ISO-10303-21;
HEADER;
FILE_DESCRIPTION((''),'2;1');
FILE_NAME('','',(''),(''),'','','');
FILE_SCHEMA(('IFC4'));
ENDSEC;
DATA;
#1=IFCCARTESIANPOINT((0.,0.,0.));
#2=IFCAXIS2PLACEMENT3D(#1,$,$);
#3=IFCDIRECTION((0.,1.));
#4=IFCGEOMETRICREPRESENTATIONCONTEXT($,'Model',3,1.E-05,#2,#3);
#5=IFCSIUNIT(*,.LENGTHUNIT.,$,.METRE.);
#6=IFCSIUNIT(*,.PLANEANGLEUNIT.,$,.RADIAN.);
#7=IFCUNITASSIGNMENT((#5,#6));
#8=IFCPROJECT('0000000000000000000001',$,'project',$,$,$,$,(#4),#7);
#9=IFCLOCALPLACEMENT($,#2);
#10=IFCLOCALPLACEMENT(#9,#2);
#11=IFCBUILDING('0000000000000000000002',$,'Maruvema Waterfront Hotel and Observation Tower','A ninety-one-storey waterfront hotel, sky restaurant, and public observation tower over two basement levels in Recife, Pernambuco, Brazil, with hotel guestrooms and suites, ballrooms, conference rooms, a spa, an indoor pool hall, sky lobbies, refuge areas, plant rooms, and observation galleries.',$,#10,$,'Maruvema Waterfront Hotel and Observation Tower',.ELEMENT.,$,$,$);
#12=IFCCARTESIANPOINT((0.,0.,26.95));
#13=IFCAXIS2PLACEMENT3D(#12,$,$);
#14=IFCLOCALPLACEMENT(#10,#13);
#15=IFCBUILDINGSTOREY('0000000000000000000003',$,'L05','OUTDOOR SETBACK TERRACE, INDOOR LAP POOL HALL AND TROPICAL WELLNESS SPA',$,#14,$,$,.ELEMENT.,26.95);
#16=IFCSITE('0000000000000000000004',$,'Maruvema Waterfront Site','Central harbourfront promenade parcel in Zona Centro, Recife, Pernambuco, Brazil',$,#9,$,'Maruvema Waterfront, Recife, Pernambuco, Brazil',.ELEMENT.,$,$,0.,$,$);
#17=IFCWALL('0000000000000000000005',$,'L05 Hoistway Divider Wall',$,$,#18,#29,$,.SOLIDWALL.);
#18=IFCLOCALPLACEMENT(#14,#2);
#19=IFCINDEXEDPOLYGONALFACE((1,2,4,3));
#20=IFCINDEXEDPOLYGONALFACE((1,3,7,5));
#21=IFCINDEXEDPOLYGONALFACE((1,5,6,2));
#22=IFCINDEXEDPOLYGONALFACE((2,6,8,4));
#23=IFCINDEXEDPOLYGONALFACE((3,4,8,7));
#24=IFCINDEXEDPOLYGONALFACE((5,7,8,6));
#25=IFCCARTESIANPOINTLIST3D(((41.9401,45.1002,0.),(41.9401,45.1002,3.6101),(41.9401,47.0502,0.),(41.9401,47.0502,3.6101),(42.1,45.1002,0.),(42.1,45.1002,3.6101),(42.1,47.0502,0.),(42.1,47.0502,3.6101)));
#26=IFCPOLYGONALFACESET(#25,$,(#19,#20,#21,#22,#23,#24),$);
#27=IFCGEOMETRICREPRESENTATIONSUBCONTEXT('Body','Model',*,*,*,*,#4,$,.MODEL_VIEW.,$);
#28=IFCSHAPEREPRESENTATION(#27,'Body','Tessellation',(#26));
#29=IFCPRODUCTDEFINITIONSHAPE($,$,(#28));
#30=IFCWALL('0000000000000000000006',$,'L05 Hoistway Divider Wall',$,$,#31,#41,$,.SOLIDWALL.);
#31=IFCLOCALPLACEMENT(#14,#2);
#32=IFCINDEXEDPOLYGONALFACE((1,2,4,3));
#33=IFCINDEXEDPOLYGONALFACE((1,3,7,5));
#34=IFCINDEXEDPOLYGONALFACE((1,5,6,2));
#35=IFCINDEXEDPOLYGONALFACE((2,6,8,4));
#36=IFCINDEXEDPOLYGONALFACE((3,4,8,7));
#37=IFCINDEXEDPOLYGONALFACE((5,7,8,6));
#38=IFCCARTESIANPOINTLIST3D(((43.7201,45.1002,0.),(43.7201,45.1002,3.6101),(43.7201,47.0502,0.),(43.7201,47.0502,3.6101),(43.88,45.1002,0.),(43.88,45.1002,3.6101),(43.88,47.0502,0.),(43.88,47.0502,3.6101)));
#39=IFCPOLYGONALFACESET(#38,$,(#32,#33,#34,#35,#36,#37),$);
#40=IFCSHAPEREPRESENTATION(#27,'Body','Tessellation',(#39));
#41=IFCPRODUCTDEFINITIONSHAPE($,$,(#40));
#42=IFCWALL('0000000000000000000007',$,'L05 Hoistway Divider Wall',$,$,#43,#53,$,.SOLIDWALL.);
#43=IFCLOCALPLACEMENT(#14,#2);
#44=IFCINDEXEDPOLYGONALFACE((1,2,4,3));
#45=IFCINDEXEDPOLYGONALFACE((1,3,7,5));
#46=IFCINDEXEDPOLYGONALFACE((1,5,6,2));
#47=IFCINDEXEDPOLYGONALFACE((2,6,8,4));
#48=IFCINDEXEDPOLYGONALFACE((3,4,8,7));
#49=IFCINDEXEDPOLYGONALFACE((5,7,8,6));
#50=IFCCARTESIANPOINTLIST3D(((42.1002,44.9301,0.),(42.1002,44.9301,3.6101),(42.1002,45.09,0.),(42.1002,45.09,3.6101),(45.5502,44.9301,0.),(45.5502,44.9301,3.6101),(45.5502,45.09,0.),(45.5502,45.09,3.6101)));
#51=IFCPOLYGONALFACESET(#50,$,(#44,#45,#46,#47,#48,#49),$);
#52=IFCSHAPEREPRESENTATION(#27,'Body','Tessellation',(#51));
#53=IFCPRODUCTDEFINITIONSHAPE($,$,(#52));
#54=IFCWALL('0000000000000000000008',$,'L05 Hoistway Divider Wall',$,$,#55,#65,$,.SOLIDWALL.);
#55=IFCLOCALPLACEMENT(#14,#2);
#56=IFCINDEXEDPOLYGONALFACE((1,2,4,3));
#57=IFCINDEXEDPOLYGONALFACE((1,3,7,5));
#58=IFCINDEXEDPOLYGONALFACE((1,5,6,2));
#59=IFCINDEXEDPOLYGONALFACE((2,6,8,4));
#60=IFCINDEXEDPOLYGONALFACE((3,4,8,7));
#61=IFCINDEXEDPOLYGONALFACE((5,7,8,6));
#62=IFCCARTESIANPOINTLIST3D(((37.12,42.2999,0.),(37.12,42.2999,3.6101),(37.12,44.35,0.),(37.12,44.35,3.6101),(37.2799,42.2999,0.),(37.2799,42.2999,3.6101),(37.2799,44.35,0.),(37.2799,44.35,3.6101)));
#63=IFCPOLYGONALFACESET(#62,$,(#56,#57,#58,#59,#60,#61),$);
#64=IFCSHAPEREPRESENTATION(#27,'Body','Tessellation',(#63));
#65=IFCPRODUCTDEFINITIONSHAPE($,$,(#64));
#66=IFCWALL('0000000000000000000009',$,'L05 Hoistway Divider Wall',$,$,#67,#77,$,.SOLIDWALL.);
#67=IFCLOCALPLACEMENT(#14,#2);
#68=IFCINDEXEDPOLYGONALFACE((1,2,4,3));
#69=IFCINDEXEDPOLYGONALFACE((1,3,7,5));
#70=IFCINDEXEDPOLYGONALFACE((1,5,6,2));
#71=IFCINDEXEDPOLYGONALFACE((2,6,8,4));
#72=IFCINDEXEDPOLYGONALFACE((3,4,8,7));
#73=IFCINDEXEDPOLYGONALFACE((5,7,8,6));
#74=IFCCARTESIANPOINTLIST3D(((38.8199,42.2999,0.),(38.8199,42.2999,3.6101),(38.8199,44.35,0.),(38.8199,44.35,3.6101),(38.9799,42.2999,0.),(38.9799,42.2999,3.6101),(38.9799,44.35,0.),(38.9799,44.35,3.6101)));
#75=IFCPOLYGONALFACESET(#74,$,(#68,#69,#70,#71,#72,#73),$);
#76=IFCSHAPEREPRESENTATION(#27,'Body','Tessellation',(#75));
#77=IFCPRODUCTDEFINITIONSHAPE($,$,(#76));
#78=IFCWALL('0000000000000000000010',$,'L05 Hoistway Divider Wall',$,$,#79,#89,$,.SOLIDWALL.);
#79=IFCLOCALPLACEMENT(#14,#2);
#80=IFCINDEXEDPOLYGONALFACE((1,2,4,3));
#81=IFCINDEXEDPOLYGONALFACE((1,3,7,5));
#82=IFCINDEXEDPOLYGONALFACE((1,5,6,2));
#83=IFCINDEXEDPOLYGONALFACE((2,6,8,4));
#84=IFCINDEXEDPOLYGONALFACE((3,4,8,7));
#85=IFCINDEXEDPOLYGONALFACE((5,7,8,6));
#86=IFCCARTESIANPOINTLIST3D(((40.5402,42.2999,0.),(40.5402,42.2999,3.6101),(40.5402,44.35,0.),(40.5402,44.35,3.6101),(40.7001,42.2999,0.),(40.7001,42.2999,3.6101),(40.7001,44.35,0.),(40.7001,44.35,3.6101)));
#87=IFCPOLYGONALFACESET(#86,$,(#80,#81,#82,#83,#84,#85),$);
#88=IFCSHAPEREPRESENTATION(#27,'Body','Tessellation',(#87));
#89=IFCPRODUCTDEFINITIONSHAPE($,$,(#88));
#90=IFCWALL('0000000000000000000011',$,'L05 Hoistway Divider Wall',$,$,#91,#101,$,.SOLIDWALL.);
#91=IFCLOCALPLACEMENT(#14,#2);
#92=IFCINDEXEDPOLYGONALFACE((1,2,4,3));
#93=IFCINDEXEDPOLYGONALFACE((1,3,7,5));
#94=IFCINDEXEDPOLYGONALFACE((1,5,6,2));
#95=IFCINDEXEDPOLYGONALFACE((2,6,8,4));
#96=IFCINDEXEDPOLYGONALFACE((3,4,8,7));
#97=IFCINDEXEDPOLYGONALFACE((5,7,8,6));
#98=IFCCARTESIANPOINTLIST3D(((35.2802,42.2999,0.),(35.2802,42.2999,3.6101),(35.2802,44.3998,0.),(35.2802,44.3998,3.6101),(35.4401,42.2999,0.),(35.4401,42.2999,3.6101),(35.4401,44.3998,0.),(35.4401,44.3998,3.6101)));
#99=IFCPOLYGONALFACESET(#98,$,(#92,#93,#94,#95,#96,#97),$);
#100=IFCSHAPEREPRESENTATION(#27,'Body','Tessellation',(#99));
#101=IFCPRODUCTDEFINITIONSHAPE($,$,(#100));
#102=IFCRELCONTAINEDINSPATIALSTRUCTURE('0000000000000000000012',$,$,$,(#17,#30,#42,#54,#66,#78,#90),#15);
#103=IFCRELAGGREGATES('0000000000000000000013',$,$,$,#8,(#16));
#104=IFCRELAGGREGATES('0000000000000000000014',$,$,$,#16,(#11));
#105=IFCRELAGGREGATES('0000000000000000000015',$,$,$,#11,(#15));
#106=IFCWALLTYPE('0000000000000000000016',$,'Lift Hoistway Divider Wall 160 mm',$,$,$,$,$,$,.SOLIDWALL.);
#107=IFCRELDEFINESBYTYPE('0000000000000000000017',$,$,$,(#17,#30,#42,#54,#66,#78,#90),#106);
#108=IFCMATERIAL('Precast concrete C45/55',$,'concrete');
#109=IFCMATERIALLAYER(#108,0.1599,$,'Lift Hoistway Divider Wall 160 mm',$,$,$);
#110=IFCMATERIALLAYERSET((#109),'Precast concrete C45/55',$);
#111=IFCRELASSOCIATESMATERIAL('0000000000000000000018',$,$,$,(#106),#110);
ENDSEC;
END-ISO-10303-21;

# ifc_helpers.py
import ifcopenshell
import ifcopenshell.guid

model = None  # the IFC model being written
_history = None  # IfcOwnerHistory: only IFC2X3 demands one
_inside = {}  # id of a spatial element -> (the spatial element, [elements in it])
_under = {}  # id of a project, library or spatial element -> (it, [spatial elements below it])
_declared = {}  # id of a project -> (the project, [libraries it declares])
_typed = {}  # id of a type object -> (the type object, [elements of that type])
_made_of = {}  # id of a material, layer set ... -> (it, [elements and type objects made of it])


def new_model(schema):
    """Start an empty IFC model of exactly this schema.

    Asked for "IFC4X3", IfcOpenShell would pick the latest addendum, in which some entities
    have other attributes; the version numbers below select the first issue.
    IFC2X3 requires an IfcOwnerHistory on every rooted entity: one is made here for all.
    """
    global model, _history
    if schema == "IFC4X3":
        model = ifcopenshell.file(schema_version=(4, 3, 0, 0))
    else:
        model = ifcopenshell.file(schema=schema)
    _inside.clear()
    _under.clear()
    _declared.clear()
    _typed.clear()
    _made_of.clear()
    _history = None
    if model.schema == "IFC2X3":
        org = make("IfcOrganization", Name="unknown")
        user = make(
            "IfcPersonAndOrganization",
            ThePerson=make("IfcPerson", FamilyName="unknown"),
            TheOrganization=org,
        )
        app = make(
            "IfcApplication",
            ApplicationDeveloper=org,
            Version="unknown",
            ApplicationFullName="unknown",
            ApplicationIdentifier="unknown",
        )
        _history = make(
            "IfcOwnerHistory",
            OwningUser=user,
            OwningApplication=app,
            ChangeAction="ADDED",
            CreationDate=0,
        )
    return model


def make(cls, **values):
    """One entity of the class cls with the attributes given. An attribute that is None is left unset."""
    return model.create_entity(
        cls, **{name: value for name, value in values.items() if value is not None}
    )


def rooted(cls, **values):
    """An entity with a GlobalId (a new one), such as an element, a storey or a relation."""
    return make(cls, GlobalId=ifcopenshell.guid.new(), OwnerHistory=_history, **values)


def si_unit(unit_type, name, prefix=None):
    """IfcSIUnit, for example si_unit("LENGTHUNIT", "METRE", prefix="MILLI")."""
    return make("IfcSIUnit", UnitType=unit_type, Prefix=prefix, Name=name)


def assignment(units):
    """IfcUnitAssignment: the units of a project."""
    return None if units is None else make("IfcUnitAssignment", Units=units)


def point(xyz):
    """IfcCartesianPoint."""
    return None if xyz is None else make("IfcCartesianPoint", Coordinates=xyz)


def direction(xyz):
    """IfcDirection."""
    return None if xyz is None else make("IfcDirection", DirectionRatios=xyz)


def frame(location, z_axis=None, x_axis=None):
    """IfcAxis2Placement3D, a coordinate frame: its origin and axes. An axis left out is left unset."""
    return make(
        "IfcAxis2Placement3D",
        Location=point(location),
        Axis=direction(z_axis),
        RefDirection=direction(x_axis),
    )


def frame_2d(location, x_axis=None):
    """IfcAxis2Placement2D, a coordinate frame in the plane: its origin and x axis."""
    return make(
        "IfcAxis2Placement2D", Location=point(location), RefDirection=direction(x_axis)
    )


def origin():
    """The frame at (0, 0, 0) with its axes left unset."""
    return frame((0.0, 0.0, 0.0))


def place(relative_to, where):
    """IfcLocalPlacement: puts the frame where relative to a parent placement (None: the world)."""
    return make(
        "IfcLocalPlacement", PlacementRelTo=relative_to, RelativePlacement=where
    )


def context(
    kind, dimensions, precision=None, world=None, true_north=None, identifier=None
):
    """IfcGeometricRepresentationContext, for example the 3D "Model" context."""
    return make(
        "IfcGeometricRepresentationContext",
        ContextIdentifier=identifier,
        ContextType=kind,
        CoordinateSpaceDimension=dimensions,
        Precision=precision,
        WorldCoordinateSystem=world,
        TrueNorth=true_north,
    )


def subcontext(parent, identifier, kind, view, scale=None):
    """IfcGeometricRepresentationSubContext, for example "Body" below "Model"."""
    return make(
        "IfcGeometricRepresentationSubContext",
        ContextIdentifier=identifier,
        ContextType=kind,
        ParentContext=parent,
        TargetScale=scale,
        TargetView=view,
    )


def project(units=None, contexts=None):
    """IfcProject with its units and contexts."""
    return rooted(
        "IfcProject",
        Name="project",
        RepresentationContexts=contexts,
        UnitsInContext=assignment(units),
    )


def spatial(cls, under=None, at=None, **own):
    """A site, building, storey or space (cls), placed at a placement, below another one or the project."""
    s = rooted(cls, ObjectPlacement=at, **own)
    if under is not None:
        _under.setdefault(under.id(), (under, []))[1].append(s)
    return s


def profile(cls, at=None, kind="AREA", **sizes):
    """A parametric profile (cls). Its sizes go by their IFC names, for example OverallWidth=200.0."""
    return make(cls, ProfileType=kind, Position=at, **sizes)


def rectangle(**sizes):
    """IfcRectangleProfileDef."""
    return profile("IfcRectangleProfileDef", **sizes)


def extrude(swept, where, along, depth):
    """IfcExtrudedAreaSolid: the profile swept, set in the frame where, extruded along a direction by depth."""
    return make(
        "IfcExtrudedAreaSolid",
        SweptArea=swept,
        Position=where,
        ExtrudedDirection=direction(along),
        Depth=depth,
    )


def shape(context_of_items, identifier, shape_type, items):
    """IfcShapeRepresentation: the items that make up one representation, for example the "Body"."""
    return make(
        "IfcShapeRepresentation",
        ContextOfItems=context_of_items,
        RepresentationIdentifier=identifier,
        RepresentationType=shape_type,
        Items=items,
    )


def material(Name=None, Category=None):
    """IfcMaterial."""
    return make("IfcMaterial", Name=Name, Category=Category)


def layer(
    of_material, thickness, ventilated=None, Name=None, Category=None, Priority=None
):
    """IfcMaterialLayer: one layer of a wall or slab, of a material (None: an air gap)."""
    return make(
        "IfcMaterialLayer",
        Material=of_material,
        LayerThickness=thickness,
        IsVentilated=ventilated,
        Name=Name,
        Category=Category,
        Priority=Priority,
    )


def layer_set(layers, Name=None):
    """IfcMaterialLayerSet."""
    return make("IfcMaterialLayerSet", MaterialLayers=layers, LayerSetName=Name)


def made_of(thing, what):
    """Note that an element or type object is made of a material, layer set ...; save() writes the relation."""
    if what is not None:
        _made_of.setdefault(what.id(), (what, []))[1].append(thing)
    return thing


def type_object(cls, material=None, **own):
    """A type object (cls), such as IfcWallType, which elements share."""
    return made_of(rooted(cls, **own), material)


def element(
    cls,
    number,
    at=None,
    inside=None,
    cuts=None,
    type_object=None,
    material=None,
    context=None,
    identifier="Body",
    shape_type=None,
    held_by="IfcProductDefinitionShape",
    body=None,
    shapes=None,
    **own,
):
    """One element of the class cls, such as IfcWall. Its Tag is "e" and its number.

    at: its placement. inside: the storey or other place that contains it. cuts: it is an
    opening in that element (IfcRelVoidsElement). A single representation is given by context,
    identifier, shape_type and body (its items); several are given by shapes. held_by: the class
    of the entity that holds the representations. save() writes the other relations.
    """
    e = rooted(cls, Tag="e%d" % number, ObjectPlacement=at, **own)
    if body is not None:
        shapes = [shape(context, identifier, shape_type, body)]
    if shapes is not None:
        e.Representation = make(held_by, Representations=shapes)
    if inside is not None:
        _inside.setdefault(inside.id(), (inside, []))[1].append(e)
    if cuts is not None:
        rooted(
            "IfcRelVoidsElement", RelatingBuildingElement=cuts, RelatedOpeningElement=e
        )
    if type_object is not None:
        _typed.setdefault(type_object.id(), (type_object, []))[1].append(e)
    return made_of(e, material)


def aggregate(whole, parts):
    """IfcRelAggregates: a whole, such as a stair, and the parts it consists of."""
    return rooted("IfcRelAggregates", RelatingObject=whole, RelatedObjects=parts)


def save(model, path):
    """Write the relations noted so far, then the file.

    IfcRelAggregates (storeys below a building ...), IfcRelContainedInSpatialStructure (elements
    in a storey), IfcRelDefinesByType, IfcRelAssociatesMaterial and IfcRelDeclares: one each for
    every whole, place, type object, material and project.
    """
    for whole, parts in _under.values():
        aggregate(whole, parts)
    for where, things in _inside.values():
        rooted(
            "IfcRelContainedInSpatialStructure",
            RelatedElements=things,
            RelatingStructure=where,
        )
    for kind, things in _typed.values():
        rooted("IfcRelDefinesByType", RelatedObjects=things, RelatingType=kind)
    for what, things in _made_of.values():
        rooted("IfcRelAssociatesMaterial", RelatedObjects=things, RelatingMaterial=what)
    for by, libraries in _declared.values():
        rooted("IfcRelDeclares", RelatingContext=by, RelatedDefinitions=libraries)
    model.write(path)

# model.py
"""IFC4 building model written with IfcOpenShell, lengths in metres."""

from ifc_helpers import new_model, si_unit, direction, frame, frame_2d, origin, place, context, subcontext, project, spatial, rectangle, extrude, material, layer, layer_set, type_object, element, save


model = new_model("IFC4")

# Units and contexts
model_context = context("Model", 3, precision=1e-05, world=origin(), true_north=direction((0.0, 1.0)))
body_context = subcontext(model_context, "Body", "Model", "MODEL_VIEW")
ifc_project = project(units=[si_unit("LENGTHUNIT", "METRE"), si_unit("PLANEANGLEUNIT", "RADIAN")], contexts=[model_context])

# Site, building, storey
site_placement = place(None, origin())
site = spatial("IfcSite", under=ifc_project, at=site_placement, Name="Maruvema Waterfront Site", Description="Central harbourfront promenade parcel in Zona Centro, Recife, Pernambuco, Brazil", LongName="Maruvema Waterfront, Recife, Pernambuco, Brazil", CompositionType="ELEMENT", RefElevation=0.0)
building_placement = place(site_placement, origin())
building = spatial("IfcBuilding", under=site, at=building_placement, Name="Maruvema Waterfront Hotel and Observation Tower", Description="A ninety-one-storey waterfront hotel, sky restaurant, and public observation tower over two basement levels in Recife, Pernambuco, Brazil, with hotel guestrooms and suites, ballrooms, conference rooms, a spa, an indoor pool hall, sky lobbies, refuge areas, plant rooms, and observation galleries.", LongName="Maruvema Waterfront Hotel and Observation Tower", CompositionType="ELEMENT")
storey_placement = place(building_placement, frame((0.0, 0.0, 26.95)))
storey = spatial("IfcBuildingStorey", under=building, at=storey_placement, Name="L05", Description="OUTDOOR SETBACK TERRACE, INDOOR LAP POOL HALL AND TROPICAL WELLNESS SPA", CompositionType="ELEMENT", Elevation=26.95)

# Walls
ifc_material_1 = material(Name="Precast concrete C45/55", Category="concrete")
ifc_layer_1 = layer(ifc_material_1, 0.1599, Name="Lift Hoistway Divider Wall 160 mm")
ifc_layer_set_1 = layer_set([ifc_layer_1], Name="Precast concrete C45/55")
wall_type_1 = type_object("IfcWallType", Name="Lift Hoistway Divider Wall 160 mm", PredefinedType="SOLIDWALL", material=ifc_layer_set_1)
for number, where, z_axis, x_axis, name in (
    (1, (42.02, 45.1001, 0.0), (0.0, 0.0, 1.0), (0.0, 1.0, 0.0), "L05 Hoistway Divider Wall"),
    (2, (43.8, 45.1001, 0.0), (0.0, 0.0, 1.0), (0.0, 1.0, 0.0), "L05 Hoistway Divider Wall"),
):
    element("IfcWall", number, at=place(storey_placement, frame(where, z_axis=z_axis, x_axis=x_axis)), inside=storey, type_object=wall_type_1, Name=name, PredefinedType="SOLIDWALL", context=body_context, shape_type="SweptSolid", body=[
        extrude(rectangle(XDim=1.95, YDim=0.1599, at=frame_2d((0.9751, 0.0))), origin(), (0.0, 0.0, 1.0), 3.6101),
    ])
wall_1_placement = place(storey_placement, frame((42.1001, 45.01, 0.0), z_axis=(0.0, 0.0, 1.0), x_axis=(1.0, 0.0, 0.0)))
element("IfcWall", 3, at=wall_1_placement, inside=storey, type_object=wall_type_1, Name="L05 Hoistway Divider Wall", PredefinedType="SOLIDWALL", context=body_context, shape_type="SweptSolid", body=[
    extrude(rectangle(XDim=3.45, YDim=0.1599, at=frame_2d((1.7251, 0.0))), origin(), (0.0, 0.0, 1.0), 3.6101),
])
for number, where, z_axis, x_axis, name in (
    (4, (37.2, 42.3, 0.0), (0.0, 0.0, 1.0), (0.0, 1.0, 0.0), "L05 Hoistway Divider Wall"),
    (5, (38.8999, 42.3, 0.0), (0.0, 0.0, 1.0), (0.0, 1.0, 0.0), "L05 Hoistway Divider Wall"),
    (6, (40.6201, 42.3, 0.0), (0.0, 0.0, 1.0), (0.0, 1.0, 0.0), "L05 Hoistway Divider Wall"),
):
    element("IfcWall", number, at=place(storey_placement, frame(where, z_axis=z_axis, x_axis=x_axis)), inside=storey, type_object=wall_type_1, Name=name, PredefinedType="SOLIDWALL", context=body_context, shape_type="SweptSolid", body=[
        extrude(rectangle(XDim=2.05, YDim=0.1599, at=frame_2d((1.0249, 0.0))), origin(), (0.0, 0.0, 1.0), 3.6101),
    ])
wall_2_placement = place(storey_placement, frame((35.3601, 42.3, 0.0), z_axis=(0.0, 0.0, 1.0), x_axis=(0.0, 1.0, 0.0)))
element("IfcWall", 7, at=wall_2_placement, inside=storey, type_object=wall_type_1, Name="L05 Hoistway Divider Wall", PredefinedType="SOLIDWALL", context=body_context, shape_type="SweptSolid", body=[
    extrude(rectangle(XDim=2.0999, YDim=0.1599, at=frame_2d((1.0498, 0.0))), origin(), (0.0, 0.0, 1.0), 3.6101),
])

save(model, "model.ifc")
